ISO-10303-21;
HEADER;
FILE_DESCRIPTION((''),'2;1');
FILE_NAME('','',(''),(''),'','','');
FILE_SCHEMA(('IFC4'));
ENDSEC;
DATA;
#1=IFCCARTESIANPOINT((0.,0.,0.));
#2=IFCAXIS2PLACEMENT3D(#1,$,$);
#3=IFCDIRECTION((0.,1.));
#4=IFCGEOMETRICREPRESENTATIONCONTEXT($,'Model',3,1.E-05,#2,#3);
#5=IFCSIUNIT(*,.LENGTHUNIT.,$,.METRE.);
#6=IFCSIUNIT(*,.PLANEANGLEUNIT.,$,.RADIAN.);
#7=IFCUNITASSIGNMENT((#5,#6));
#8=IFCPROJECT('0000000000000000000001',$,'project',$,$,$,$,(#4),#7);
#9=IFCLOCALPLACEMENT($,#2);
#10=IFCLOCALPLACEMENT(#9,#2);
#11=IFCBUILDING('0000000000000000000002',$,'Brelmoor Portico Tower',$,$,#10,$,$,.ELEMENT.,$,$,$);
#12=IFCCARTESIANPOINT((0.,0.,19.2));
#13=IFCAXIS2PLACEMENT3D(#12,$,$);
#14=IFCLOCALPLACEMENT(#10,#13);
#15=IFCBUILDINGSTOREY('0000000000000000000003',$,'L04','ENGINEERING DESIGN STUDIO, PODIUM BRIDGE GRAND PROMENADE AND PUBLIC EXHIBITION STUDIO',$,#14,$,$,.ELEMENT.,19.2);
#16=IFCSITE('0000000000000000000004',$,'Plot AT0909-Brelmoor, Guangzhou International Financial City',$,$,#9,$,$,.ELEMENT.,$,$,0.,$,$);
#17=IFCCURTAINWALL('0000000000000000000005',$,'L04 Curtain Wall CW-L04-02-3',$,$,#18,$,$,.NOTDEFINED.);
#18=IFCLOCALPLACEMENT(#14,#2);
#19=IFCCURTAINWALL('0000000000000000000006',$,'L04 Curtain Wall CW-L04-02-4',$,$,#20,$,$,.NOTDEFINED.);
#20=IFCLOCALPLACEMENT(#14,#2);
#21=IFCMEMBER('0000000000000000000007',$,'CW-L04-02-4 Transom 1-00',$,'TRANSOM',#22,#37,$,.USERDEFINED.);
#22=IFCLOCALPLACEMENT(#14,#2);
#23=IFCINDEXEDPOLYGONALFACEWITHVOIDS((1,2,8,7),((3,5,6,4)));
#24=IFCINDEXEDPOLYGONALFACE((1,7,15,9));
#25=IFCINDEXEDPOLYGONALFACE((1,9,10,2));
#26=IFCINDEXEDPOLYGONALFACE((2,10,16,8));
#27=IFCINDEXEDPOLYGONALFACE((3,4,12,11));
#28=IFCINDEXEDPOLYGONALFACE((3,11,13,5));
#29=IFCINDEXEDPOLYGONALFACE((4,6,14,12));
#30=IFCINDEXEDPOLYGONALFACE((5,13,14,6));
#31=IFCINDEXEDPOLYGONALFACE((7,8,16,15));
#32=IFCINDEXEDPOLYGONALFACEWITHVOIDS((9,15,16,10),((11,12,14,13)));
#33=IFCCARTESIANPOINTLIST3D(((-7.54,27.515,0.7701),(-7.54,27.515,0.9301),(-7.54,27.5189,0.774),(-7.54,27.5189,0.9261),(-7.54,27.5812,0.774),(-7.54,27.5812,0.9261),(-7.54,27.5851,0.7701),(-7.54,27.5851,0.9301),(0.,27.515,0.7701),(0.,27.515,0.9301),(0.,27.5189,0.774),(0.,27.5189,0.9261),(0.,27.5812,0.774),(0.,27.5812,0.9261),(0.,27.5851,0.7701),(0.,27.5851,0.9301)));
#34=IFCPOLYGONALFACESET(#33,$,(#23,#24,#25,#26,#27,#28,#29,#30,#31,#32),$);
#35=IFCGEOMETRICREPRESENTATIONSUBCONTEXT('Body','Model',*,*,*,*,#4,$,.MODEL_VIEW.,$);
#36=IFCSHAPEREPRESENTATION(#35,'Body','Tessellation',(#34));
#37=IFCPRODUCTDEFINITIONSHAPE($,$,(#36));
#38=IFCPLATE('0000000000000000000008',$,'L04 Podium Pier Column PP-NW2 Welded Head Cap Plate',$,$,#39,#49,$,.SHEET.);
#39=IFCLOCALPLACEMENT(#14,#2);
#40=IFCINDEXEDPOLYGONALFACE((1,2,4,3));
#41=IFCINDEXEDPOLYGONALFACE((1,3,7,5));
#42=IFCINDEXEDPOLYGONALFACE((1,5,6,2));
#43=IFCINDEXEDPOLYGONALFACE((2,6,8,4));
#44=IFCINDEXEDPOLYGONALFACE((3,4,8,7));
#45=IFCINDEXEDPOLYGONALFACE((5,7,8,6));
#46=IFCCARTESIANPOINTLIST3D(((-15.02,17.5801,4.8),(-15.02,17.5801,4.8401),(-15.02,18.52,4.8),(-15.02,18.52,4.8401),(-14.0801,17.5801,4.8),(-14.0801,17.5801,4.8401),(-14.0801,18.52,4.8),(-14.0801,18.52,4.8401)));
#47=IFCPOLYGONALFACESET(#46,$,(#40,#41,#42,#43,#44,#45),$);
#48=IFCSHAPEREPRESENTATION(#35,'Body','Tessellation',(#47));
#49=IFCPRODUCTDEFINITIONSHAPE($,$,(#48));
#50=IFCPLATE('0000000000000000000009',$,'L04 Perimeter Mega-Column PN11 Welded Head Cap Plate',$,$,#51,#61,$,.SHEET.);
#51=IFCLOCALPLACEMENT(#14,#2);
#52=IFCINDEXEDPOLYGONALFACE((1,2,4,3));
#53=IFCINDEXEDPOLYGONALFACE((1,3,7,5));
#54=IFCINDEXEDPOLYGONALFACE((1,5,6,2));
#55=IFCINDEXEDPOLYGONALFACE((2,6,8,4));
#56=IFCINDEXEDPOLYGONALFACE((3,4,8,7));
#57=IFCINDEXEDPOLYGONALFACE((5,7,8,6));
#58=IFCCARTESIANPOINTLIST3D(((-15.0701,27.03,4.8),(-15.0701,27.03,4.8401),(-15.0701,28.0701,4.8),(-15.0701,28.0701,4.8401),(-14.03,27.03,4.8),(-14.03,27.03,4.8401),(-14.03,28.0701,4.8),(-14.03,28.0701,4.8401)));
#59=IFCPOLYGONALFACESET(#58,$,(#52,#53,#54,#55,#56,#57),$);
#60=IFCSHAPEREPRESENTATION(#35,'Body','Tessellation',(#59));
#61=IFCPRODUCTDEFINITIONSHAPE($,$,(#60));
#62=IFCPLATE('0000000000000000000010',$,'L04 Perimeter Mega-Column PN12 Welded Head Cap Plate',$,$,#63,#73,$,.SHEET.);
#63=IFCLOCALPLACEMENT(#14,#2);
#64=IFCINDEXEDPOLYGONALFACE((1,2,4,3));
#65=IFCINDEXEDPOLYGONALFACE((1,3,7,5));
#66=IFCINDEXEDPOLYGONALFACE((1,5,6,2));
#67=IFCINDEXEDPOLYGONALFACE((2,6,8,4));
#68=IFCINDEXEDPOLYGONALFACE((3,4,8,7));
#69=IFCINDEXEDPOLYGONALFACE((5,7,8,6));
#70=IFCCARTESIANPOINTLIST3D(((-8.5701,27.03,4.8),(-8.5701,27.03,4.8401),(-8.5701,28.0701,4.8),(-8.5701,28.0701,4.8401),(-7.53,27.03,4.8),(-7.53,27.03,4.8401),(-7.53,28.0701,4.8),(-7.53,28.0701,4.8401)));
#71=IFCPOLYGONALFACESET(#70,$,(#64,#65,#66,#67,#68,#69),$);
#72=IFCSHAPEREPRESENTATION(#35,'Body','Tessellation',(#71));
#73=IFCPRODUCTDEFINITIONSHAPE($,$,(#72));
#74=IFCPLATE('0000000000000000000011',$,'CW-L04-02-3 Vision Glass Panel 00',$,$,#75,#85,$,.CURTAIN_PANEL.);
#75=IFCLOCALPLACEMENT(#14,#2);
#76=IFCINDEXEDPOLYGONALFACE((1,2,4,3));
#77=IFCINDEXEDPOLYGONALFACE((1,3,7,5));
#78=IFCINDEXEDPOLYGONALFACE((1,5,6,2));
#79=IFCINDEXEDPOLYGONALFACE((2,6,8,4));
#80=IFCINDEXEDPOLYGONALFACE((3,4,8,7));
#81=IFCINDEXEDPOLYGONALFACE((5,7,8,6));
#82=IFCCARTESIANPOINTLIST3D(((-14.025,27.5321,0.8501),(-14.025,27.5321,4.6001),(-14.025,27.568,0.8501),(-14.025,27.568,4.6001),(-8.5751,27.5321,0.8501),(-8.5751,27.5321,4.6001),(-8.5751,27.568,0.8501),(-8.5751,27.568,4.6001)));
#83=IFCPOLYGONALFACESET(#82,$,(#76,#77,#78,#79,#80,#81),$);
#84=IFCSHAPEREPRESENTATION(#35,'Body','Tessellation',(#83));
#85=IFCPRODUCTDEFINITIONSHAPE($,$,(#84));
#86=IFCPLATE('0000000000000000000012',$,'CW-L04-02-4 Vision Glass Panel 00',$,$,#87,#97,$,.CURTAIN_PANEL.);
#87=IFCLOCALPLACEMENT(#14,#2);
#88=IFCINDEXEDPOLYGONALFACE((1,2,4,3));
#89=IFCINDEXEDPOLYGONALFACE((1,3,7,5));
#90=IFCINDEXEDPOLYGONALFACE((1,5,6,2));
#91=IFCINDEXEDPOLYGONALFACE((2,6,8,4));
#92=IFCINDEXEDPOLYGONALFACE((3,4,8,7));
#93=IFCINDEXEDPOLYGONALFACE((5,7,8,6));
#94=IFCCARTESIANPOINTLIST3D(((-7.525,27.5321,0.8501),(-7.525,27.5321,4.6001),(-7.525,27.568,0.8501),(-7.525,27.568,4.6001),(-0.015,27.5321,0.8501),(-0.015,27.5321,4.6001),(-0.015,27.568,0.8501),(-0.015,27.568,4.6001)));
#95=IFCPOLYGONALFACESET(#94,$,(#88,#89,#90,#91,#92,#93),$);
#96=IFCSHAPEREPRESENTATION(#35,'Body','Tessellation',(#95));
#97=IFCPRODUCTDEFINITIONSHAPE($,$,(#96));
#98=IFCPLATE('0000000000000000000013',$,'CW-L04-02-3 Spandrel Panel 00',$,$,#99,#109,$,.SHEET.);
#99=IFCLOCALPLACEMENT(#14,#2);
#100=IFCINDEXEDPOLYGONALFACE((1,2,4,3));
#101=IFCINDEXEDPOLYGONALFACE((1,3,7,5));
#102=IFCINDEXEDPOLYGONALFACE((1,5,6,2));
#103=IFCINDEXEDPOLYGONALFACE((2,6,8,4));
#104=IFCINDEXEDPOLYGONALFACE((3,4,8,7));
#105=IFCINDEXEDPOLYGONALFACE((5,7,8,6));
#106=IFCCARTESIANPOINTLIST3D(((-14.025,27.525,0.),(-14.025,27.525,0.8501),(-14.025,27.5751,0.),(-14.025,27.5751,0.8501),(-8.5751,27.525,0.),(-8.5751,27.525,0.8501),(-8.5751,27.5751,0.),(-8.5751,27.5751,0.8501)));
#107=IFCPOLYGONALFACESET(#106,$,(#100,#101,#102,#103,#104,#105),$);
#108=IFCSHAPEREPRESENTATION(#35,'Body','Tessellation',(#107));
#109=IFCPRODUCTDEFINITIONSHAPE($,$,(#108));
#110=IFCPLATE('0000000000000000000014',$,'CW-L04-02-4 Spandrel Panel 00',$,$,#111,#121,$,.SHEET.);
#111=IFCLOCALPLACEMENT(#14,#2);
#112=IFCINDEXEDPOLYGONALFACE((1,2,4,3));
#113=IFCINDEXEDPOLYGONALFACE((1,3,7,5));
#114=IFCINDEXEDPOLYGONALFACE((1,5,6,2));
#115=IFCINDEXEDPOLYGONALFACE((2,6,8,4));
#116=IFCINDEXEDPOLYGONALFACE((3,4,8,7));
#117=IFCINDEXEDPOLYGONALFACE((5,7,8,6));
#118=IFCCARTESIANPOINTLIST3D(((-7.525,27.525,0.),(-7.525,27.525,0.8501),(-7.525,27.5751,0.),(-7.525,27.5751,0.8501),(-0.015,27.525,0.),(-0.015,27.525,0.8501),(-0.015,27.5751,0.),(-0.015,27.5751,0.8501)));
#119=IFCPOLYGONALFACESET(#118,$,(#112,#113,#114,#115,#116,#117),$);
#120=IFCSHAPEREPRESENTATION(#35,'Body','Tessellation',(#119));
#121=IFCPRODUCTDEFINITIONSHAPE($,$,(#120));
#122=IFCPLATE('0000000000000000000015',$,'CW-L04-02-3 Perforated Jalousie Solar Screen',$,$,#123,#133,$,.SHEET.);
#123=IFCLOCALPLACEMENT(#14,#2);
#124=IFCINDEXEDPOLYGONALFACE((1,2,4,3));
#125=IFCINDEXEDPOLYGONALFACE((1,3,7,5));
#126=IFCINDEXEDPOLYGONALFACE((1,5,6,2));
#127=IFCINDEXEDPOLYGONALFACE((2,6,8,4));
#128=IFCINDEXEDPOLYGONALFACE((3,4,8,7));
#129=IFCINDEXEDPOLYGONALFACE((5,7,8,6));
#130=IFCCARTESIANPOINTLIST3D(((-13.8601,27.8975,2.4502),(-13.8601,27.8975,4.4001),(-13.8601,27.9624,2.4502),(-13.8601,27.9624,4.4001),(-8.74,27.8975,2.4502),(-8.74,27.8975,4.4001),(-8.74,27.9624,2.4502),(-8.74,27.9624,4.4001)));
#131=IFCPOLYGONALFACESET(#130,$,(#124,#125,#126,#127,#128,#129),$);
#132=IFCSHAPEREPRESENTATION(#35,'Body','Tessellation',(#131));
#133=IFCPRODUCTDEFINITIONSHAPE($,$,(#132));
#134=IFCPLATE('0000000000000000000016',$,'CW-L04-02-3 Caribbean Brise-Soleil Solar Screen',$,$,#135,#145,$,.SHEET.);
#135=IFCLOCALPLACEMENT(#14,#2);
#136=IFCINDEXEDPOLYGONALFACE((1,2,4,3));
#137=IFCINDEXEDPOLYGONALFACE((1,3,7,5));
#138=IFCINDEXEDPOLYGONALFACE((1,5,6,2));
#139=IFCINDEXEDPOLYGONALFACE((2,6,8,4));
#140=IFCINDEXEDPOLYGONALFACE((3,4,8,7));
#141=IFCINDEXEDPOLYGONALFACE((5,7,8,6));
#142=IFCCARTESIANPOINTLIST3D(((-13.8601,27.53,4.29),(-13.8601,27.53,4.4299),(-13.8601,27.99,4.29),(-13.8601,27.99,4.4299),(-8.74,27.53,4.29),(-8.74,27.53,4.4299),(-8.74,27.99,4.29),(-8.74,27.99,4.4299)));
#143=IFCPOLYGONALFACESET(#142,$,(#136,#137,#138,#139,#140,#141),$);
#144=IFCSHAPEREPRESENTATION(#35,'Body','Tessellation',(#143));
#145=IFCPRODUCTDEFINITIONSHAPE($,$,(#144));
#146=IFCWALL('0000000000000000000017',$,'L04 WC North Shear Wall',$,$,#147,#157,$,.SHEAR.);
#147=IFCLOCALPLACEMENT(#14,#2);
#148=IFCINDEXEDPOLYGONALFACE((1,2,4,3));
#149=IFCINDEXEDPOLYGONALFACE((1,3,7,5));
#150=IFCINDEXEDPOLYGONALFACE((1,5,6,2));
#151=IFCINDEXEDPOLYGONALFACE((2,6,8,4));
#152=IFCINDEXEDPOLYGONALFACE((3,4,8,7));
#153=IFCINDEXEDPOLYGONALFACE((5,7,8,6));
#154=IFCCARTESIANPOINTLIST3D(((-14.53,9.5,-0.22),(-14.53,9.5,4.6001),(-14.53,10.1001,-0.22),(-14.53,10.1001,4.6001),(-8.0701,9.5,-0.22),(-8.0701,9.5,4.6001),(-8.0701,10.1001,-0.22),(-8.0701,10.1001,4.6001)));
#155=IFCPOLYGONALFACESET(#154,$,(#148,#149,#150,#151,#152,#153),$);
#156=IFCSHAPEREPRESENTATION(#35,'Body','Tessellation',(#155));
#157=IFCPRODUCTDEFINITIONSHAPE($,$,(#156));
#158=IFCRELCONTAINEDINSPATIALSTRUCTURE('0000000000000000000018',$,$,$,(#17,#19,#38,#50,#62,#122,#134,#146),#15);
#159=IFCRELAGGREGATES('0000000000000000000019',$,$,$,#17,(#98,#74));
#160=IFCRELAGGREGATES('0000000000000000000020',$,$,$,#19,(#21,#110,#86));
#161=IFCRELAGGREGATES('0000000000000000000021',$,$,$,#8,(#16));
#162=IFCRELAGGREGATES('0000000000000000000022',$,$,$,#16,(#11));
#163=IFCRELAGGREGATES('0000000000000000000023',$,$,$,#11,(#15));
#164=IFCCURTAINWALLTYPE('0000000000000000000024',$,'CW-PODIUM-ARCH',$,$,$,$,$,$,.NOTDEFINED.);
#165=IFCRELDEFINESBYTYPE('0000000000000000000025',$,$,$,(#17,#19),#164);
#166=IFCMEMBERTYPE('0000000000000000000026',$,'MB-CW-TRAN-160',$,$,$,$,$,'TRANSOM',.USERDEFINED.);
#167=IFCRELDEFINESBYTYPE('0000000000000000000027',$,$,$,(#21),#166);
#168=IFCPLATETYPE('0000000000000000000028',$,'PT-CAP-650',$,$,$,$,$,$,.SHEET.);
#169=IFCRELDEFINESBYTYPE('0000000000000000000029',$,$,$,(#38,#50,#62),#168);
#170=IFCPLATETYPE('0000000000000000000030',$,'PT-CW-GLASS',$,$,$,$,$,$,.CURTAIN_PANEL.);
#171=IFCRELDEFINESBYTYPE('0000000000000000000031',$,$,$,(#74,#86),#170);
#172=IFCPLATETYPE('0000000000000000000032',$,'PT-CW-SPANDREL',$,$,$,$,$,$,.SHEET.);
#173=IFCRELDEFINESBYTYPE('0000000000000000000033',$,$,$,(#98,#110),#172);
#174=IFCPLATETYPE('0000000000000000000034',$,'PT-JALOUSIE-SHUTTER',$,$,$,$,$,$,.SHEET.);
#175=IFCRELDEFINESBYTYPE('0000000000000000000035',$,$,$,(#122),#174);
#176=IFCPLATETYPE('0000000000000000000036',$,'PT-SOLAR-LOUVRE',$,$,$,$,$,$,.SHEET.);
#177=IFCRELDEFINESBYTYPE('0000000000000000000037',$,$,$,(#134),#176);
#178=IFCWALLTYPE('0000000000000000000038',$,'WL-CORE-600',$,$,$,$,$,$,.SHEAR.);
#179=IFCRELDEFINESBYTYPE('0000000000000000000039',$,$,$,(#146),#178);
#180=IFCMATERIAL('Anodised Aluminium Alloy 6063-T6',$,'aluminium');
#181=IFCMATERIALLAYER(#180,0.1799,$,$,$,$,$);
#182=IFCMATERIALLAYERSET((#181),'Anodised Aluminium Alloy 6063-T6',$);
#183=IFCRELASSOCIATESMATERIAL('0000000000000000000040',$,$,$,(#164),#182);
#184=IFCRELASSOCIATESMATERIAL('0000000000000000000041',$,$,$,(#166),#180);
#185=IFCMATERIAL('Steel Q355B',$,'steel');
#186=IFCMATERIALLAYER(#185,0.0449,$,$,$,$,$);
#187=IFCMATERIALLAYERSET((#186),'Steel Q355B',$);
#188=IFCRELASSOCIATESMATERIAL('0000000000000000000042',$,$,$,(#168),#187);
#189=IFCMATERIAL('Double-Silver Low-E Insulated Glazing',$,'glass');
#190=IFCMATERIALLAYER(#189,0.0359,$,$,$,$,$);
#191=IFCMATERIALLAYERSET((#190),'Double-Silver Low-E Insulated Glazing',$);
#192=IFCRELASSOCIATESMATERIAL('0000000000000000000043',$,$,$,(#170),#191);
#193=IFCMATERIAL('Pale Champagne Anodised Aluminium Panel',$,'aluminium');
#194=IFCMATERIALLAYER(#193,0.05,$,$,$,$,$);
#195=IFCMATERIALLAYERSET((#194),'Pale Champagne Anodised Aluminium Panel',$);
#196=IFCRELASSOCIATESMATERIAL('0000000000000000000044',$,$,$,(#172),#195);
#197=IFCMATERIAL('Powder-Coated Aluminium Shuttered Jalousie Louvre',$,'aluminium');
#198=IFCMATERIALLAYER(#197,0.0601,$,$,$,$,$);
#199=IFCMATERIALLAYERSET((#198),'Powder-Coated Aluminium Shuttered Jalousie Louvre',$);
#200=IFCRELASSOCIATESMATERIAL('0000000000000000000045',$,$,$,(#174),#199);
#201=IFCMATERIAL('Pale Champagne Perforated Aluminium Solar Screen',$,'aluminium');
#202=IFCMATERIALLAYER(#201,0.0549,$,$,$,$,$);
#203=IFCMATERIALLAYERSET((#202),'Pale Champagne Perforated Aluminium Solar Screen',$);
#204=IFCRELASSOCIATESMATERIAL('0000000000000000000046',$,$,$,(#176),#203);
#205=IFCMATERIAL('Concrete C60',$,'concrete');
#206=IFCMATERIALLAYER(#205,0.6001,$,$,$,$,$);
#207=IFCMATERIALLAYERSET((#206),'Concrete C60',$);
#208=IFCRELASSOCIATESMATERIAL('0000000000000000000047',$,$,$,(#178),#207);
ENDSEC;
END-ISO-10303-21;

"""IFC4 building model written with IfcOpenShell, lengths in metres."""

from ifc_helpers import new_model, si_unit, direction, frame, frame_2d, origin, origin_2d, place, context, subcontext, project, spatial, rectangle, hollow_rectangle, extrude, material, layer, layer_set, material_profile, profile_set, type_object, element, aggregate, save


model = new_model("IFC4")

# Units and contexts
model_context = context("Model", 3, precision=1e-05, world=origin(), true_north=direction((0.0, 1.0)))
body_context = subcontext(model_context, "Body", "Model", "MODEL_VIEW")
ifc_project = project(units=[si_unit("LENGTHUNIT", "METRE"), si_unit("PLANEANGLEUNIT", "RADIAN")], contexts=[model_context])

# Site, building, storey
site_placement = place(None, origin())
site = spatial("IfcSite", under=ifc_project, at=site_placement, Name="Plot AT0909-Brelmoor, Guangzhou International Financial City", CompositionType="ELEMENT", RefElevation=0.0)
building_placement = place(site_placement, origin())
building = spatial("IfcBuilding", under=site, at=building_placement, Name="Brelmoor Portico Tower", CompositionType="ELEMENT")
storey_placement = place(building_placement, frame((0.0, 0.0, 19.2)))
storey = spatial("IfcBuildingStorey", under=building, at=storey_placement, Name="L04", Description="ENGINEERING DESIGN STUDIO, PODIUM BRIDGE GRAND PROMENADE AND PUBLIC EXHIBITION STUDIO", CompositionType="ELEMENT", Elevation=19.2)

# Shared definitions
ifc_material_1 = material(Name="Steel Q355B", Category="steel")

# Curtain wall
ifc_material_2 = material(Name="Anodised Aluminium Alloy 6063-T6", Category="aluminium")
ifc_layer_1 = layer(ifc_material_2, 0.1799)
ifc_layer_set_1 = layer_set([ifc_layer_1], Name="Anodised Aluminium Alloy 6063-T6")
curtain_wall_type = type_object("IfcCurtainWallType", Name="CW-PODIUM-ARCH", PredefinedType="NOTDEFINED", material=ifc_layer_set_1)
curtain_wall_1_placement = place(storey_placement, origin())
curtain_wall_1 = element("IfcCurtainWall", 1, at=curtain_wall_1_placement, inside=storey, type_object=curtain_wall_type, Name="L04 Curtain Wall CW-L04-02-3", PredefinedType="NOTDEFINED")

# Curtain wall
curtain_wall_2_placement = place(storey_placement, origin())
curtain_wall_2 = element("IfcCurtainWall", 2, at=curtain_wall_2_placement, inside=storey, type_object=curtain_wall_type, Name="L04 Curtain Wall CW-L04-02-4", PredefinedType="NOTDEFINED")

# Member
ifc_material_profile_1 = material_profile(ifc_material_2, hollow_rectangle(XDim=0.0701, YDim=0.1599, WallThickness=0.0039, at=origin_2d()), Name="ALU TRANSOM 70x160")
ifc_profile_set_1 = profile_set([ifc_material_profile_1], Name="Anodised Aluminium Alloy 6063-T6")
member_type_1 = type_object("IfcMemberType", Name="MB-CW-TRAN-160", ElementType="TRANSOM", PredefinedType="USERDEFINED", material=ifc_profile_set_1)
member_1_placement = place(storey_placement, frame((-7.54, 27.55, 0.8501), z_axis=(1.0, 0.0, 0.0), x_axis=(0.0, 1.0, 0.0)))
member_1 = element("IfcMember", 3, at=member_1_placement, type_object=member_type_1, Name="CW-L04-02-4 Transom 1-00", ObjectType="TRANSOM", PredefinedType="USERDEFINED", context=body_context, shape_type="SweptSolid", body=[
    extrude(hollow_rectangle(XDim=0.0701, YDim=0.1599, WallThickness=0.0039, at=origin_2d()), origin(), (0.0, 0.0, 1.0), 7.54),
])

# Plates
ifc_layer_2 = layer(ifc_material_1, 0.0449)
ifc_layer_set_2 = layer_set([ifc_layer_2], Name="Steel Q355B")
plate_type_1 = type_object("IfcPlateType", Name="PT-CAP-650", PredefinedType="SHEET", material=ifc_layer_set_2)
plate_1_placement = place(storey_placement, frame((-14.55, 18.05, 4.8), z_axis=(0.0, 0.0, 1.0), x_axis=(1.0, 0.0, 0.0)))
element("IfcPlate", 4, at=plate_1_placement, inside=storey, type_object=plate_type_1, Name="L04 Podium Pier Column PP-NW2 Welded Head Cap Plate", PredefinedType="SHEET", context=body_context, shape_type="SweptSolid", body=[
    extrude(rectangle(XDim=0.9399, YDim=0.9399, at=origin_2d()), origin(), (0.0, 0.0, 1.0), 0.04),
])
for number, where, z_axis, x_axis, name in (
    (5, (-14.55, 27.55, 4.8), (0.0, 0.0, 1.0), (1.0, 0.0, 0.0), "L04 Perimeter Mega-Column PN11 Welded Head Cap Plate"),
    (6, (-8.05, 27.55, 4.8), (0.0, 0.0, 1.0), (1.0, 0.0, 0.0), "L04 Perimeter Mega-Column PN12 Welded Head Cap Plate"),
):
    element("IfcPlate", number, at=place(storey_placement, frame(where, z_axis=z_axis, x_axis=x_axis)), inside=storey, type_object=plate_type_1, Name=name, PredefinedType="SHEET", context=body_context, shape_type="SweptSolid", body=[
        extrude(rectangle(XDim=1.04, YDim=1.04, at=origin_2d()), origin(), (0.0, 0.0, 1.0), 0.04),
    ])

# Plates
ifc_material_3 = material(Name="Double-Silver Low-E Insulated Glazing", Category="glass")
ifc_layer_3 = layer(ifc_material_3, 0.0359)
ifc_layer_set_3 = layer_set([ifc_layer_3], Name="Double-Silver Low-E Insulated Glazing")
plate_type_2 = type_object("IfcPlateType", Name="PT-CW-GLASS", PredefinedType="CURTAIN_PANEL", material=ifc_layer_set_3)
plate_2_placement = place(storey_placement, frame((-11.3, 27.55, 0.8501), z_axis=(0.0, 0.0, 1.0), x_axis=(1.0, 0.0, 0.0)))
plate_2 = element("IfcPlate", 7, at=plate_2_placement, type_object=plate_type_2, Name="CW-L04-02-3 Vision Glass Panel 00", PredefinedType="CURTAIN_PANEL", context=body_context, shape_type="SweptSolid", body=[
    extrude(rectangle(XDim=5.45, YDim=0.0359, at=origin_2d()), origin(), (0.0, 0.0, 1.0), 3.75),
])
plate_3_placement = place(storey_placement, frame((-3.77, 27.55, 0.8501), z_axis=(0.0, 0.0, 1.0), x_axis=(1.0, 0.0, 0.0)))
plate_3 = element("IfcPlate", 8, at=plate_3_placement, type_object=plate_type_2, Name="CW-L04-02-4 Vision Glass Panel 00", PredefinedType="CURTAIN_PANEL", context=body_context, shape_type="SweptSolid", body=[
    extrude(rectangle(XDim=7.51, YDim=0.0359, at=origin_2d()), origin(), (0.0, 0.0, 1.0), 3.75),
])
ifc_material_4 = material(Name="Pale Champagne Anodised Aluminium Panel", Category="aluminium")
ifc_layer_4 = layer(ifc_material_4, 0.05)
ifc_layer_set_4 = layer_set([ifc_layer_4], Name="Pale Champagne Anodised Aluminium Panel")
plate_type_3 = type_object("IfcPlateType", Name="PT-CW-SPANDREL", PredefinedType="SHEET", material=ifc_layer_set_4)
plate_4_placement = place(storey_placement, frame((-11.3, 27.55, 0.0), z_axis=(0.0, 0.0, 1.0), x_axis=(1.0, 0.0, 0.0)))
plate_4 = element("IfcPlate", 9, at=plate_4_placement, type_object=plate_type_3, Name="CW-L04-02-3 Spandrel Panel 00", PredefinedType="SHEET", context=body_context, shape_type="SweptSolid", body=[
    extrude(rectangle(XDim=5.45, YDim=0.05, at=origin_2d()), origin(), (0.0, 0.0, 1.0), 0.8501),
])
aggregate(curtain_wall_1, [plate_4, plate_2])
plate_5_placement = place(storey_placement, frame((-3.77, 27.55, 0.0), z_axis=(0.0, 0.0, 1.0), x_axis=(1.0, 0.0, 0.0)))
plate_5 = element("IfcPlate", 10, at=plate_5_placement, type_object=plate_type_3, Name="CW-L04-02-4 Spandrel Panel 00", PredefinedType="SHEET", context=body_context, shape_type="SweptSolid", body=[
    extrude(rectangle(XDim=7.51, YDim=0.05, at=origin_2d()), origin(), (0.0, 0.0, 1.0), 0.8501),
])
aggregate(curtain_wall_2, [member_1, plate_5, plate_3])

# Plates
ifc_material_5 = material(Name="Powder-Coated Aluminium Shuttered Jalousie Louvre", Category="aluminium")
ifc_layer_5 = layer(ifc_material_5, 0.0601)
ifc_layer_set_5 = layer_set([ifc_layer_5], Name="Powder-Coated Aluminium Shuttered Jalousie Louvre")
plate_type_4 = type_object("IfcPlateType", Name="PT-JALOUSIE-SHUTTER", PredefinedType="SHEET", material=ifc_layer_set_5)
plate_6_placement = place(storey_placement, frame((-11.3, 27.9299, 2.4502), z_axis=(0.0, 0.0, 1.0), x_axis=(1.0, 0.0, 0.0)))
element("IfcPlate", 11, at=plate_6_placement, inside=storey, type_object=plate_type_4, Name="CW-L04-02-3 Perforated Jalousie Solar Screen", PredefinedType="SHEET", context=body_context, shape_type="SweptSolid", body=[
    extrude(rectangle(XDim=5.1201, YDim=0.0649, at=origin_2d()), origin(), (0.0, 0.0, 1.0), 1.95),
])
ifc_material_6 = material(Name="Pale Champagne Perforated Aluminium Solar Screen", Category="aluminium")
ifc_layer_6 = layer(ifc_material_6, 0.0549)
ifc_layer_set_6 = layer_set([ifc_layer_6], Name="Pale Champagne Perforated Aluminium Solar Screen")
plate_type_5 = type_object("IfcPlateType", Name="PT-SOLAR-LOUVRE", PredefinedType="SHEET", material=ifc_layer_set_6)
plate_7_placement = place(storey_placement, frame((-11.3, 27.76, 4.29), z_axis=(0.0, 0.0, 1.0), x_axis=(1.0, 0.0, 0.0)))
element("IfcPlate", 12, at=plate_7_placement, inside=storey, type_object=plate_type_5, Name="CW-L04-02-3 Caribbean Brise-Soleil Solar Screen", PredefinedType="SHEET", context=body_context, shape_type="SweptSolid", body=[
    extrude(rectangle(XDim=5.1201, YDim=0.46, at=origin_2d()), origin(), (0.0, 0.0, 1.0), 0.1399),
])

# Wall
ifc_material_7 = material(Name="Concrete C60", Category="concrete")
ifc_layer_7 = layer(ifc_material_7, 0.6001)
ifc_layer_set_7 = layer_set([ifc_layer_7], Name="Concrete C60")
wall_type_1 = type_object("IfcWallType", Name="WL-CORE-600", PredefinedType="SHEAR", material=ifc_layer_set_7)
wall_1_placement = place(storey_placement, frame((-14.53, 9.8, -0.22), z_axis=(0.0, 0.0, 1.0), x_axis=(1.0, 0.0, 0.0)))
element("IfcWall", 13, at=wall_1_placement, inside=storey, type_object=wall_type_1, Name="L04 WC North Shear Wall", PredefinedType="SHEAR", context=body_context, shape_type="SweptSolid", body=[
    extrude(rectangle(XDim=6.46, YDim=0.6001, at=frame_2d((3.23, 0.0))), origin(), (0.0, 0.0, 1.0), 4.8201),
])

save(model, "model.ifc")
